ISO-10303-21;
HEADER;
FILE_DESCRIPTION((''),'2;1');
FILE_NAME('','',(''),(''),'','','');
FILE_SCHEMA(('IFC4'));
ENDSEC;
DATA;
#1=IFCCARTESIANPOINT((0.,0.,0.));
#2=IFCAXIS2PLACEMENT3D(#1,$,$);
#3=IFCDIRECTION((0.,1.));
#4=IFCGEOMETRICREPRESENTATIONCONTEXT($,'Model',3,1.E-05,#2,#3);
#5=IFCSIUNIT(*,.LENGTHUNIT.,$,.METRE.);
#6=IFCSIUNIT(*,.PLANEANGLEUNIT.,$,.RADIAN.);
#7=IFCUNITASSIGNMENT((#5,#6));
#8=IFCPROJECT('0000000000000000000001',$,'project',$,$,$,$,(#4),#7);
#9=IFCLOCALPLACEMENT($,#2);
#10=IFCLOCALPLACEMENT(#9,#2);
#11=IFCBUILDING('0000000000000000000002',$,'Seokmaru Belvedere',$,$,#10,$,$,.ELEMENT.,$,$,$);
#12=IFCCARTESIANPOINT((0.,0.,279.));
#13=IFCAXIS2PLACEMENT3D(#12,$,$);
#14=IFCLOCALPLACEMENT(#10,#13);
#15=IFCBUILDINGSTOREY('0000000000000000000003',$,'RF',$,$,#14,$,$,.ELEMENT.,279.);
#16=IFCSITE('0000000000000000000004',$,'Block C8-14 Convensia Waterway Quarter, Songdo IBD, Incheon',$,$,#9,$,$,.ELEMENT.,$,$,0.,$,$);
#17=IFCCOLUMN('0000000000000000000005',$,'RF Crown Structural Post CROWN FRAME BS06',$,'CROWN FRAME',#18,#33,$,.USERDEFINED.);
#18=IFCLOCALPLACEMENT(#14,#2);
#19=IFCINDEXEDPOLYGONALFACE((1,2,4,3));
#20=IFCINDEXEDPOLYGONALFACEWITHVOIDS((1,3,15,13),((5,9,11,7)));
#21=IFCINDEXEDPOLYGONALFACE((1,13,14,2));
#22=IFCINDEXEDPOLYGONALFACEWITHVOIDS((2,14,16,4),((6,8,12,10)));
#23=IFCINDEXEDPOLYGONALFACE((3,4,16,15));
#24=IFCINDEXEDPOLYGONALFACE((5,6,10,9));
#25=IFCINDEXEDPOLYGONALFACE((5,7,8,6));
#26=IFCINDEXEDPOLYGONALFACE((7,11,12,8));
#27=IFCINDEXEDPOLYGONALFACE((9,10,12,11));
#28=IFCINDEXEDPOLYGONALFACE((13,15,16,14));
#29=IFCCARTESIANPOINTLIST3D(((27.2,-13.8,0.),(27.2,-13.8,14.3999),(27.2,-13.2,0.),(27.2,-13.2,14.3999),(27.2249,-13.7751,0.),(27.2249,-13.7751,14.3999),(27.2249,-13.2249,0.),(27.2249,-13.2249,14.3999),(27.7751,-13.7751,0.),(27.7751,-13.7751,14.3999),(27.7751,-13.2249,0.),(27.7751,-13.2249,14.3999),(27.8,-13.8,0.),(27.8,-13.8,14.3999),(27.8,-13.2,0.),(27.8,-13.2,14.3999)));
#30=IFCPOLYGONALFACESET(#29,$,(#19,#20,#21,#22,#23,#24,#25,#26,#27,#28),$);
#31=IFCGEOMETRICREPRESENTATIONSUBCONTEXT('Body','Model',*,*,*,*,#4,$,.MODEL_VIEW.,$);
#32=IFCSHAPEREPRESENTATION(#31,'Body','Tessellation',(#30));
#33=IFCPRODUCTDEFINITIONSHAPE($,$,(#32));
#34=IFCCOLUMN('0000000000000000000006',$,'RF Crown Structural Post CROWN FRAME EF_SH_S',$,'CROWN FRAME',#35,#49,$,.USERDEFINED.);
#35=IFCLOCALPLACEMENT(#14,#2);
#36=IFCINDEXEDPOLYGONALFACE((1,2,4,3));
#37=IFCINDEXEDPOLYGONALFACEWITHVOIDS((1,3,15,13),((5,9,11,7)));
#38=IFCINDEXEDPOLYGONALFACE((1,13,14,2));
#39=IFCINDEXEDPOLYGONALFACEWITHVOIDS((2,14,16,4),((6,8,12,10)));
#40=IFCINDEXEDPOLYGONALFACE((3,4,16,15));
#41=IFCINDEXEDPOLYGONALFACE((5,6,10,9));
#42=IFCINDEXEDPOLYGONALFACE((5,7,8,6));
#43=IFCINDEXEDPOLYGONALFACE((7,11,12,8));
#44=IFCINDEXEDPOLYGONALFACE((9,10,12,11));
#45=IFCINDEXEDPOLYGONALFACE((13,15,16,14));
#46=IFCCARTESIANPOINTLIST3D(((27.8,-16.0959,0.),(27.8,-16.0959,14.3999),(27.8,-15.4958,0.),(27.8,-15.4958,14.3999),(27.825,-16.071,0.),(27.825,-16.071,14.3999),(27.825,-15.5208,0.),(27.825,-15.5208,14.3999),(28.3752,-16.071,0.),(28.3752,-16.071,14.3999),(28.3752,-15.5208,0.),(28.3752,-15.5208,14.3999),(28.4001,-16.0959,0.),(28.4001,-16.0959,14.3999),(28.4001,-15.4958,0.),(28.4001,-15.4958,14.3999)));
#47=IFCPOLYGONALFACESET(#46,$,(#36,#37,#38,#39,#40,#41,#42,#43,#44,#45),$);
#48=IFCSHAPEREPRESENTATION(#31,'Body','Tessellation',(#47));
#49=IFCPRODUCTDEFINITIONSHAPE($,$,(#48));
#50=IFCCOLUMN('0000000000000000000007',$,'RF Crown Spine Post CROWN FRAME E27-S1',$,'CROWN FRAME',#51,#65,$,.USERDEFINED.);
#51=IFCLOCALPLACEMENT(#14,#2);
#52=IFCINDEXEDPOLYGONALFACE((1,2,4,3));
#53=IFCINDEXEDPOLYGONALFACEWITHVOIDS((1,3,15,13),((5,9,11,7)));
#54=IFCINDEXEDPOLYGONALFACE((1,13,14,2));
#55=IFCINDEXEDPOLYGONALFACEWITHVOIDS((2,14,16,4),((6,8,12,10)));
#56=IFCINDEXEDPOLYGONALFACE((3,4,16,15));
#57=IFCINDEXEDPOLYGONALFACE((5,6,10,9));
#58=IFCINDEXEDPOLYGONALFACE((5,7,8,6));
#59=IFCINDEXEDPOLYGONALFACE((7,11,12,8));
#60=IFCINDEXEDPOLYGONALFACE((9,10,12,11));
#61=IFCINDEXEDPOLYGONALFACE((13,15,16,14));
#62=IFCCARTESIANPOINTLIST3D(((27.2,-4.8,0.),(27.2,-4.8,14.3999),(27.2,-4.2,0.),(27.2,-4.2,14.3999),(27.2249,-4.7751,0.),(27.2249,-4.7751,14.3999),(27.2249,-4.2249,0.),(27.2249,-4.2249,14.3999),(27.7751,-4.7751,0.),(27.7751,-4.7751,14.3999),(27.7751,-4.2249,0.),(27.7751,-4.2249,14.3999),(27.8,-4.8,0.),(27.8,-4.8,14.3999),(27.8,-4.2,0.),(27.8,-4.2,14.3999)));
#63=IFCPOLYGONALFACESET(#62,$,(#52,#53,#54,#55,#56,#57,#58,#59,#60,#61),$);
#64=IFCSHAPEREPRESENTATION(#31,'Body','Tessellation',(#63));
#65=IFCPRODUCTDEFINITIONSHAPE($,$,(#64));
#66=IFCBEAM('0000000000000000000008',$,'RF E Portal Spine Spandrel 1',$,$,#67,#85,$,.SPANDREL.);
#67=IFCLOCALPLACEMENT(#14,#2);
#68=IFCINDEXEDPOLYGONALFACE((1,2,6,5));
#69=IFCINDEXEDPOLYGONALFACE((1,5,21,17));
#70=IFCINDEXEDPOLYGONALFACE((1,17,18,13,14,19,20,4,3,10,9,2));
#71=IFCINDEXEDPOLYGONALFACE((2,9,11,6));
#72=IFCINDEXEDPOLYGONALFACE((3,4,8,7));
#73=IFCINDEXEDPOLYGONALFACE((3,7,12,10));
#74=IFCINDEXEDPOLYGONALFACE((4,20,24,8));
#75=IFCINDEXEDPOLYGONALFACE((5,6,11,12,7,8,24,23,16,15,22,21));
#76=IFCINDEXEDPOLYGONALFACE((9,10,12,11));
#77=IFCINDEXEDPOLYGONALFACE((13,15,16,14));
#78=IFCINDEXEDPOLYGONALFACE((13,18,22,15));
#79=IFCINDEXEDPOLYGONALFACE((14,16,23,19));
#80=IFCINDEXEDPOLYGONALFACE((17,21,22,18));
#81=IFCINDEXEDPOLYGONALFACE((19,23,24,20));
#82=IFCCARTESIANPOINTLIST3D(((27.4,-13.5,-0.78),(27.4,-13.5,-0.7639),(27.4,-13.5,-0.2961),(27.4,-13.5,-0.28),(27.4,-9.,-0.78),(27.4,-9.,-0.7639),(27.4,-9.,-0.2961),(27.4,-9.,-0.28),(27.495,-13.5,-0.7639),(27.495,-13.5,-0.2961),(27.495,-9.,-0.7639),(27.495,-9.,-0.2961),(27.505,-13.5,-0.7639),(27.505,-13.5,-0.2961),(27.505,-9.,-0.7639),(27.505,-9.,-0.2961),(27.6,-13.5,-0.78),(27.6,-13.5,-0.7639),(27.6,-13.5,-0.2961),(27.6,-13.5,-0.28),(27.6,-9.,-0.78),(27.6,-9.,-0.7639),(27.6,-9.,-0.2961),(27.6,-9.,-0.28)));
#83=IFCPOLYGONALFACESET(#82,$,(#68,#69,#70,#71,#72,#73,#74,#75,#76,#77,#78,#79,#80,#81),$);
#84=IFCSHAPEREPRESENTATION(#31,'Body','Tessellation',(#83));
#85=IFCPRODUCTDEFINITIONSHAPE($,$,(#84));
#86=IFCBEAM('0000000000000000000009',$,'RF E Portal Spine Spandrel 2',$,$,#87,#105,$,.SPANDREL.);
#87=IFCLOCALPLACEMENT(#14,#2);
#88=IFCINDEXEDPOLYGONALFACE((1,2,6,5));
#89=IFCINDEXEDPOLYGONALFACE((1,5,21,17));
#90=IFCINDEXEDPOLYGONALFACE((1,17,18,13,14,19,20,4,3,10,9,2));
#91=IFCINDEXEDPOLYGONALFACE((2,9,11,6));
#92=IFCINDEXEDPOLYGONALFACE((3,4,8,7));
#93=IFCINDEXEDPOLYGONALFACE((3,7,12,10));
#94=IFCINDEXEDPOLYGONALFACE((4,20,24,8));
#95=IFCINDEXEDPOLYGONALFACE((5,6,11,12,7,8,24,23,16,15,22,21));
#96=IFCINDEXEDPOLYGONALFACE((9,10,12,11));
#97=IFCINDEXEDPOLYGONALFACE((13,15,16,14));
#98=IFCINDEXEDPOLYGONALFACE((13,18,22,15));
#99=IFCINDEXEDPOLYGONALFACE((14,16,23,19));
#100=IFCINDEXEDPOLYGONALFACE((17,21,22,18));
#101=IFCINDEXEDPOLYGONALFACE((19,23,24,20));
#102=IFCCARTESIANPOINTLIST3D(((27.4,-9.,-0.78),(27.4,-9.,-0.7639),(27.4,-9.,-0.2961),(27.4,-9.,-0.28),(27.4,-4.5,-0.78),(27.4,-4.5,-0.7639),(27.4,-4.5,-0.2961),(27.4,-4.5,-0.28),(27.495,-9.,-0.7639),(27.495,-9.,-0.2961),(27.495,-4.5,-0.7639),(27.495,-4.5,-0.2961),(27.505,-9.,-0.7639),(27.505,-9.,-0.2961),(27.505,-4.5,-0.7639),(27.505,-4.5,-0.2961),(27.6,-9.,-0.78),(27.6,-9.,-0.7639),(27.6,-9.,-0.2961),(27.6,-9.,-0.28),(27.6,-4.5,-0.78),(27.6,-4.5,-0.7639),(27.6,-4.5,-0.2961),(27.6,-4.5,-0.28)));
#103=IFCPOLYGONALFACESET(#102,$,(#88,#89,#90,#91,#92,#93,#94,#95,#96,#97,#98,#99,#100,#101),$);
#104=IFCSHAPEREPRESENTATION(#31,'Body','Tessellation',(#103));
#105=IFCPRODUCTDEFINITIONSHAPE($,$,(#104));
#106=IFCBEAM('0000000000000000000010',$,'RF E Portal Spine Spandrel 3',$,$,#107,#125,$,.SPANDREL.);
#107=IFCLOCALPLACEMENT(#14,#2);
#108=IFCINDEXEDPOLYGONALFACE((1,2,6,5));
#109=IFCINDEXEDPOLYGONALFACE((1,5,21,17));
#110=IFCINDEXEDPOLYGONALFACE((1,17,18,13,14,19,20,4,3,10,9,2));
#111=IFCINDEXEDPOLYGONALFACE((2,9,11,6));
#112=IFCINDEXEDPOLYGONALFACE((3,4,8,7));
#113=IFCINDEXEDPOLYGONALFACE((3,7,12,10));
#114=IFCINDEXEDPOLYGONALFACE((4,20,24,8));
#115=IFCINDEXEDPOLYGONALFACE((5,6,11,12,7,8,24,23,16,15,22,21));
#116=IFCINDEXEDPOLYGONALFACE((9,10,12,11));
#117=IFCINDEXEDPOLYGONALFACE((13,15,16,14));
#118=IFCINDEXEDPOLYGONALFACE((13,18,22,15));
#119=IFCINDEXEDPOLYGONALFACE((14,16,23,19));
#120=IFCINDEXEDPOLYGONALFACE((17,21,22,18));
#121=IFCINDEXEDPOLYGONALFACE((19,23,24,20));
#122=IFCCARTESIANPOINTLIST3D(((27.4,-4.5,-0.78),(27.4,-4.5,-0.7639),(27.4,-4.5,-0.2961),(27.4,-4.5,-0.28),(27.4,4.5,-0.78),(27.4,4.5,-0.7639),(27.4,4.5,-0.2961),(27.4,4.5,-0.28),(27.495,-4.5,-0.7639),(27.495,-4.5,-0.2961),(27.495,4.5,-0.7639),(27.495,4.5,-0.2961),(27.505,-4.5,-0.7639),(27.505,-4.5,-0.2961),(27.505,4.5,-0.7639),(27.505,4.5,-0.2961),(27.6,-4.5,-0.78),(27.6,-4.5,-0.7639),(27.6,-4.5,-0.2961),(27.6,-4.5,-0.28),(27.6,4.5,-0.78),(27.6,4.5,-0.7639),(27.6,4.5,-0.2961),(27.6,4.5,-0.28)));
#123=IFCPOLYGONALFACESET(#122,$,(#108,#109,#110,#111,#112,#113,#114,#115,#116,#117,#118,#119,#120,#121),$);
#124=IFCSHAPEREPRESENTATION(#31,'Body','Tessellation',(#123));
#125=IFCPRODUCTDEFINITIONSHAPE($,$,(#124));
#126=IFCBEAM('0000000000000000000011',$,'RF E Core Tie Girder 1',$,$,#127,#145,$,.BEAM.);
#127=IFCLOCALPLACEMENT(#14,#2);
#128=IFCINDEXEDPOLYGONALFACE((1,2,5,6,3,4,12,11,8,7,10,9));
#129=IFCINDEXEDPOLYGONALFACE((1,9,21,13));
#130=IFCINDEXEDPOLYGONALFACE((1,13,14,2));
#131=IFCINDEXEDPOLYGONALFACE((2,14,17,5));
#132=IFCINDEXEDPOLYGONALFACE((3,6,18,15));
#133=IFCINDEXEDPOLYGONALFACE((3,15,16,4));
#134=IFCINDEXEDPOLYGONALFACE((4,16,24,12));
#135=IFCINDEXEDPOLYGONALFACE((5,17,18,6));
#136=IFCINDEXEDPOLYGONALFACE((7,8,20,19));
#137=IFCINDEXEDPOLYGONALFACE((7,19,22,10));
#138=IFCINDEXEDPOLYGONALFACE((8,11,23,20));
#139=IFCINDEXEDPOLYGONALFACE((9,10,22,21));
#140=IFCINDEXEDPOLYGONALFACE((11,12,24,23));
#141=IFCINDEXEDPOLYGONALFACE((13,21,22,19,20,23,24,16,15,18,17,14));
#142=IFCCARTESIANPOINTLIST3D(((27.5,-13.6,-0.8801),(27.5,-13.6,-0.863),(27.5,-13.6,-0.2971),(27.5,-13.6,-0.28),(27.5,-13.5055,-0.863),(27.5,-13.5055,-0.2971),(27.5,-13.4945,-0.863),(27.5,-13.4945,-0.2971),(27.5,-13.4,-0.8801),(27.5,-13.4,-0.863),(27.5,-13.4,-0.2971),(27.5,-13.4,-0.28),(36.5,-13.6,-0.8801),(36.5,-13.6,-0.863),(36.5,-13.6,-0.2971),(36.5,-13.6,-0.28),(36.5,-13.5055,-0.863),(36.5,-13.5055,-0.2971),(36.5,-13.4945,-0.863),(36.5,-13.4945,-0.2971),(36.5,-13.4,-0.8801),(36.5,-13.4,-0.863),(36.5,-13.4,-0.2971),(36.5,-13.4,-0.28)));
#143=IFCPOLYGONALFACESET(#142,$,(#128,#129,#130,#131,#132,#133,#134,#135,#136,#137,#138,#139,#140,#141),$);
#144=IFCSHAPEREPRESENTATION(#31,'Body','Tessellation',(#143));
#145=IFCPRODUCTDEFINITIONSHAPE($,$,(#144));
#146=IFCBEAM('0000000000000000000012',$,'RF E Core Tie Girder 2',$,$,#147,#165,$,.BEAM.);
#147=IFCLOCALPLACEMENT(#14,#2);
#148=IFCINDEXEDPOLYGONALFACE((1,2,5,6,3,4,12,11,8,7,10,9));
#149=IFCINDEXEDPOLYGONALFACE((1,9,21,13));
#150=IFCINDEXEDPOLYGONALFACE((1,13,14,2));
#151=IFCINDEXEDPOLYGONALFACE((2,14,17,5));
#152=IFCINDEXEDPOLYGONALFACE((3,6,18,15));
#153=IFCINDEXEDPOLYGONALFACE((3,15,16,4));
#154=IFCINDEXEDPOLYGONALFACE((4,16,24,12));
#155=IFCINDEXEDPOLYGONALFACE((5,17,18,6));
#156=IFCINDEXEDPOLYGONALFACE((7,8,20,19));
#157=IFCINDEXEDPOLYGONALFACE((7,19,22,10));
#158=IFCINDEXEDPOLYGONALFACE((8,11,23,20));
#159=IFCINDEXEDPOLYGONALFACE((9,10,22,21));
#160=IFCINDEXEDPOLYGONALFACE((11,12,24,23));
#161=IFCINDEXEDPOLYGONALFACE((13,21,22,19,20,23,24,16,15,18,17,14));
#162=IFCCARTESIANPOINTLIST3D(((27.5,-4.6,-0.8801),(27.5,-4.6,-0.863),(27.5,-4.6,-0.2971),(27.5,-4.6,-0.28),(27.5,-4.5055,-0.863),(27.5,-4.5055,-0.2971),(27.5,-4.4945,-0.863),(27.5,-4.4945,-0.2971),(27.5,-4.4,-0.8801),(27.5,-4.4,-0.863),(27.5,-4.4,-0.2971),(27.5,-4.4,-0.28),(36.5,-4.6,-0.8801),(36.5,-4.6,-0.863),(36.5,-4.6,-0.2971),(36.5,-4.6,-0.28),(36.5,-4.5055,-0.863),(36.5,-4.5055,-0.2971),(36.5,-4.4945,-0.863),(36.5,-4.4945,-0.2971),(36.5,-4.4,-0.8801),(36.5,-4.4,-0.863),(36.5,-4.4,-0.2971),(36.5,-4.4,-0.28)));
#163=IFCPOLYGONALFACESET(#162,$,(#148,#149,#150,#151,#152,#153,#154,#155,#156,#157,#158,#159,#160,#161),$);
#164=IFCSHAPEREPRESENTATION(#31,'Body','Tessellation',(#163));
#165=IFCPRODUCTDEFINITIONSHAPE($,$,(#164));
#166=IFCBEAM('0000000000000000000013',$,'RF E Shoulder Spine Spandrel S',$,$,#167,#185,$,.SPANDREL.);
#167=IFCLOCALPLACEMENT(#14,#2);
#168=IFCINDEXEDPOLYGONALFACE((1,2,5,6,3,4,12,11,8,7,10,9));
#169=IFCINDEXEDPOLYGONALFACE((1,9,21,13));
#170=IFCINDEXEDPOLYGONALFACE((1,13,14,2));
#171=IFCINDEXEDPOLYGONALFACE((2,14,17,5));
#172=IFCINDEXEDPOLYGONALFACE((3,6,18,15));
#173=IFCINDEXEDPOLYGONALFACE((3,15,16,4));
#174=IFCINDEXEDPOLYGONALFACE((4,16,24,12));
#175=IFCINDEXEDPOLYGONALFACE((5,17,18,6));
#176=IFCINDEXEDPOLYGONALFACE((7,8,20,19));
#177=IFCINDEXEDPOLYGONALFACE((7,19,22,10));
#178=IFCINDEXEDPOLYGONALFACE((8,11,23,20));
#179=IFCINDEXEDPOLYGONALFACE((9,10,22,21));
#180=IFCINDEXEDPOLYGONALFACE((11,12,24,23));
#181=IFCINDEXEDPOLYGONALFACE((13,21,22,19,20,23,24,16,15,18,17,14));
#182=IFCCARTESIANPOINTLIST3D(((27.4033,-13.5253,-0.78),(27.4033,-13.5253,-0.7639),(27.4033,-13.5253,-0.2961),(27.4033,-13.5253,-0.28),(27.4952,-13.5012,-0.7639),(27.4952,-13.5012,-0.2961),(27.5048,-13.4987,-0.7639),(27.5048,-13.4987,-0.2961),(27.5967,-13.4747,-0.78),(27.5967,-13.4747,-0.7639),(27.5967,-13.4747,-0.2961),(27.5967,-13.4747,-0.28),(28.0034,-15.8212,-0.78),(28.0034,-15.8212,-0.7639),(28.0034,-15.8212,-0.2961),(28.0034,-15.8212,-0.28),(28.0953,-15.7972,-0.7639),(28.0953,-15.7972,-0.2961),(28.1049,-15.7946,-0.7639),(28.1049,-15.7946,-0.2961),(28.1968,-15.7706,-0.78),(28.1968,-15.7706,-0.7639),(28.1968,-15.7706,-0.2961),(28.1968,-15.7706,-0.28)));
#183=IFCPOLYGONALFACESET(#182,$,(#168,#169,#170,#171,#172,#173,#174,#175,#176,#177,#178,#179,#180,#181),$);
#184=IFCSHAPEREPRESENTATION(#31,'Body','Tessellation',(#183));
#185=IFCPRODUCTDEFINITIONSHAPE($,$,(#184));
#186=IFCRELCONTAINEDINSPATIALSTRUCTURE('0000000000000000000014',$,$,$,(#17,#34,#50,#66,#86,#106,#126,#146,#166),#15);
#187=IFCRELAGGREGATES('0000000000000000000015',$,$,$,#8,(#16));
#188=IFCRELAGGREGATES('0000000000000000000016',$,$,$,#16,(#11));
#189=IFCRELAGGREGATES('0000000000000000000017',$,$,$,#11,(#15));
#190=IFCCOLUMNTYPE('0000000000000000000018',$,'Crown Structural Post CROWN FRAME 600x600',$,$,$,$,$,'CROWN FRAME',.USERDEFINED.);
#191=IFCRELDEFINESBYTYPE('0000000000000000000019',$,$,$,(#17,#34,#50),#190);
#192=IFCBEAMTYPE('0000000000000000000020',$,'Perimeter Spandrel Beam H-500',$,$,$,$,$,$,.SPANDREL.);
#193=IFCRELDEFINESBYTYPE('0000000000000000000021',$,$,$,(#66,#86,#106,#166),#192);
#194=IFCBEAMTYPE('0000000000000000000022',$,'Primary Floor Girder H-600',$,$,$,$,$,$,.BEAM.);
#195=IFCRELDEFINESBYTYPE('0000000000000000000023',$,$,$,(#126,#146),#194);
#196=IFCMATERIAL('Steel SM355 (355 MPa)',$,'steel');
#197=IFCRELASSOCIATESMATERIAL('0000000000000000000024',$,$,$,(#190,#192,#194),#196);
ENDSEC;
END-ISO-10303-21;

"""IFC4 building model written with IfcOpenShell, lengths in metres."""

from ifc_helpers import new_model, si_unit, direction, frame, origin, origin_2d, place, context, subcontext, project, spatial, hollow_rectangle, i_section, extrude, source, transform, mapped, material, material_profile, profile_set, type_object, type_shapes, element, save


model = new_model("IFC4")

# Units and contexts
model_context = context("Model", 3, precision=1e-05, world=origin(), true_north=direction((0.0, 1.0)))
body_context = subcontext(model_context, "Body", "Model", "MODEL_VIEW")
ifc_project = project(units=[si_unit("LENGTHUNIT", "METRE"), si_unit("PLANEANGLEUNIT", "RADIAN")], contexts=[model_context])

# Site, building, storey
site_placement = place(None, origin())
site = spatial("IfcSite", under=ifc_project, at=site_placement, Name="Block C8-14 Convensia Waterway Quarter, Songdo IBD, Incheon", CompositionType="ELEMENT", RefElevation=0.0)
building_placement = place(site_placement, origin())
building = spatial("IfcBuilding", under=site, at=building_placement, Name="Seokmaru Belvedere", CompositionType="ELEMENT")
storey_placement = place(building_placement, frame((0.0, 0.0, 279.0)))
storey = spatial("IfcBuildingStorey", under=building, at=storey_placement, Name="RF", CompositionType="ELEMENT", Elevation=279.0)

# Columns
ifc_material_1 = material(Name="Steel SM355 (355 MPa)", Category="steel")
ifc_material_profile_1 = material_profile(ifc_material_1, hollow_rectangle(XDim=0.6001, YDim=0.6001, WallThickness=0.0249, at=origin_2d()), Name="HSS-600x600x25")
ifc_profile_set_1 = profile_set([ifc_material_profile_1], Name="Steel SM355 (355 MPa)")
column_type = type_object("IfcColumnType", Name="Crown Structural Post CROWN FRAME 600x600", ElementType="CROWN FRAME", PredefinedType="USERDEFINED", material=ifc_profile_set_1)
shared_shape_1 = source(origin(), body_context, "Body", "SweptSolid", [
    extrude(hollow_rectangle(XDim=0.6001, YDim=0.6001, WallThickness=0.0249, at=origin_2d()), origin(), (0.0, 0.0, 1.0), 14.3999),
])
type_shapes(column_type, [shared_shape_1])
for number, where, z_axis, x_axis, name in (
    (1, (27.5, -13.5, 0.0), (0.0, 0.0, 1.0), (1.0, 0.0, 0.0), "RF Crown Structural Post CROWN FRAME BS06"),
    (2, (28.1001, -15.7959, 0.0), (0.0, 0.0, 1.0), (1.0, 0.0, 0.0), "RF Crown Structural Post CROWN FRAME EF_SH_S"),
    (3, (27.5, -4.5, 0.0), (0.0, 0.0, 1.0), (1.0, 0.0, 0.0), "RF Crown Spine Post CROWN FRAME E27-S1"),
):
    element("IfcColumn", number, at=place(storey_placement, frame(where, z_axis=z_axis, x_axis=x_axis)), inside=storey, type_object=column_type, Name=name, ObjectType="CROWN FRAME", PredefinedType="USERDEFINED", context=body_context, shape_type="MappedRepresentation", body=[
        mapped(shared_shape_1, transform((0.0, 0.0, 0.0), scale=1.0)),
    ])

# Beams
ifc_material_profile_2 = material_profile(ifc_material_1, i_section(OverallWidth=0.2, OverallDepth=0.5, WebThickness=0.01, FlangeThickness=0.0161, at=origin_2d()), Name="H-500x200x10x16")
ifc_profile_set_2 = profile_set([ifc_material_profile_2], Name="Steel SM355 (355 MPa)")
beam_type_1 = type_object("IfcBeamType", Name="Perimeter Spandrel Beam H-500", PredefinedType="SPANDREL", material=ifc_profile_set_2)
shared_shape_2 = source(origin(), body_context, "Body", "SweptSolid", [
    extrude(i_section(OverallWidth=0.2, OverallDepth=0.5, WebThickness=0.01, FlangeThickness=0.0161, at=origin_2d()), origin(), (0.0, 0.0, 1.0), 4.5),
])
for number, where, z_axis, x_axis, name in (
    (4, (27.5, -13.5, -0.53), (0.0, 1.0, 0.0), (-1.0, 0.0, 0.0), "RF E Portal Spine Spandrel 1"),
    (5, (27.5, -9.0, -0.53), (0.0, 1.0, 0.0), (-1.0, 0.0, 0.0), "RF E Portal Spine Spandrel 2"),
):
    element("IfcBeam", number, at=place(storey_placement, frame(where, z_axis=z_axis, x_axis=x_axis)), inside=storey, type_object=beam_type_1, Name=name, PredefinedType="SPANDREL", context=body_context, shape_type="MappedRepresentation", body=[
        mapped(shared_shape_2, transform((0.0, 0.0, 0.0), scale=1.0)),
    ])
shared_shape_3 = source(origin(), body_context, "Body", "SweptSolid", [
    extrude(i_section(OverallWidth=0.2, OverallDepth=0.5, WebThickness=0.01, FlangeThickness=0.0161, at=origin_2d()), origin(), (0.0, 0.0, 1.0), 9.0),
])
beam_1_placement = place(storey_placement, frame((27.5, -4.5, -0.53), z_axis=(0.0, 1.0, 0.0), x_axis=(-1.0, 0.0, 0.0)))
element("IfcBeam", 6, at=beam_1_placement, inside=storey, type_object=beam_type_1, Name="RF E Portal Spine Spandrel 3", PredefinedType="SPANDREL", context=body_context, shape_type="MappedRepresentation", body=[
    mapped(shared_shape_3, transform((0.0, 0.0, 0.0), scale=1.0)),
])
ifc_material_profile_3 = material_profile(ifc_material_1, i_section(OverallWidth=0.2, OverallDepth=0.6001, WebThickness=0.011, FlangeThickness=0.0171, at=origin_2d()), Name="H-600x200x11x17")
ifc_profile_set_3 = profile_set([ifc_material_profile_3], Name="Steel SM355 (355 MPa)")
beam_type_2 = type_object("IfcBeamType", Name="Primary Floor Girder H-600", PredefinedType="BEAM", material=ifc_profile_set_3)
shared_shape_4 = source(origin(), body_context, "Body", "SweptSolid", [
    extrude(i_section(OverallWidth=0.2, OverallDepth=0.6001, WebThickness=0.011, FlangeThickness=0.0171, at=origin_2d()), origin(), (0.0, 0.0, 1.0), 9.0),
])
type_shapes(beam_type_2, [shared_shape_4])
for number, where, z_axis, x_axis, name in (
    (7, (27.5, -13.5, -0.5801), (1.0, 0.0, 0.0), (0.0, 1.0, 0.0), "RF E Core Tie Girder 1"),
    (8, (27.5, -4.5, -0.5801), (1.0, 0.0, 0.0), (0.0, 1.0, 0.0), "RF E Core Tie Girder 2"),
):
    element("IfcBeam", number, at=place(storey_placement, frame(where, z_axis=z_axis, x_axis=x_axis)), inside=storey, type_object=beam_type_2, Name=name, PredefinedType="BEAM", context=body_context, shape_type="MappedRepresentation", body=[
        mapped(shared_shape_4, transform((0.0, 0.0, 0.0), scale=1.0)),
    ])
shared_shape_5 = source(origin(), body_context, "Body", "SweptSolid", [
    extrude(i_section(OverallWidth=0.2, OverallDepth=0.5, WebThickness=0.01, FlangeThickness=0.0161, at=origin_2d()), origin(), (0.0, 0.0, 1.0), 2.373),
])
type_shapes(beam_type_1, [shared_shape_2, shared_shape_3, shared_shape_5])
beam_2_placement = place(storey_placement, frame((28.1001, -15.7959, -0.53), z_axis=(-0.252883, 0.967497, 0.0), x_axis=(-0.967497, -0.252883, 0.0)))
element("IfcBeam", 9, at=beam_2_placement, inside=storey, type_object=beam_type_1, Name="RF E Shoulder Spine Spandrel S", PredefinedType="SPANDREL", context=body_context, shape_type="MappedRepresentation", body=[
    mapped(shared_shape_5, transform((0.0, 0.0, 0.0), scale=1.0)),
])

save(model, "model.ifc")
